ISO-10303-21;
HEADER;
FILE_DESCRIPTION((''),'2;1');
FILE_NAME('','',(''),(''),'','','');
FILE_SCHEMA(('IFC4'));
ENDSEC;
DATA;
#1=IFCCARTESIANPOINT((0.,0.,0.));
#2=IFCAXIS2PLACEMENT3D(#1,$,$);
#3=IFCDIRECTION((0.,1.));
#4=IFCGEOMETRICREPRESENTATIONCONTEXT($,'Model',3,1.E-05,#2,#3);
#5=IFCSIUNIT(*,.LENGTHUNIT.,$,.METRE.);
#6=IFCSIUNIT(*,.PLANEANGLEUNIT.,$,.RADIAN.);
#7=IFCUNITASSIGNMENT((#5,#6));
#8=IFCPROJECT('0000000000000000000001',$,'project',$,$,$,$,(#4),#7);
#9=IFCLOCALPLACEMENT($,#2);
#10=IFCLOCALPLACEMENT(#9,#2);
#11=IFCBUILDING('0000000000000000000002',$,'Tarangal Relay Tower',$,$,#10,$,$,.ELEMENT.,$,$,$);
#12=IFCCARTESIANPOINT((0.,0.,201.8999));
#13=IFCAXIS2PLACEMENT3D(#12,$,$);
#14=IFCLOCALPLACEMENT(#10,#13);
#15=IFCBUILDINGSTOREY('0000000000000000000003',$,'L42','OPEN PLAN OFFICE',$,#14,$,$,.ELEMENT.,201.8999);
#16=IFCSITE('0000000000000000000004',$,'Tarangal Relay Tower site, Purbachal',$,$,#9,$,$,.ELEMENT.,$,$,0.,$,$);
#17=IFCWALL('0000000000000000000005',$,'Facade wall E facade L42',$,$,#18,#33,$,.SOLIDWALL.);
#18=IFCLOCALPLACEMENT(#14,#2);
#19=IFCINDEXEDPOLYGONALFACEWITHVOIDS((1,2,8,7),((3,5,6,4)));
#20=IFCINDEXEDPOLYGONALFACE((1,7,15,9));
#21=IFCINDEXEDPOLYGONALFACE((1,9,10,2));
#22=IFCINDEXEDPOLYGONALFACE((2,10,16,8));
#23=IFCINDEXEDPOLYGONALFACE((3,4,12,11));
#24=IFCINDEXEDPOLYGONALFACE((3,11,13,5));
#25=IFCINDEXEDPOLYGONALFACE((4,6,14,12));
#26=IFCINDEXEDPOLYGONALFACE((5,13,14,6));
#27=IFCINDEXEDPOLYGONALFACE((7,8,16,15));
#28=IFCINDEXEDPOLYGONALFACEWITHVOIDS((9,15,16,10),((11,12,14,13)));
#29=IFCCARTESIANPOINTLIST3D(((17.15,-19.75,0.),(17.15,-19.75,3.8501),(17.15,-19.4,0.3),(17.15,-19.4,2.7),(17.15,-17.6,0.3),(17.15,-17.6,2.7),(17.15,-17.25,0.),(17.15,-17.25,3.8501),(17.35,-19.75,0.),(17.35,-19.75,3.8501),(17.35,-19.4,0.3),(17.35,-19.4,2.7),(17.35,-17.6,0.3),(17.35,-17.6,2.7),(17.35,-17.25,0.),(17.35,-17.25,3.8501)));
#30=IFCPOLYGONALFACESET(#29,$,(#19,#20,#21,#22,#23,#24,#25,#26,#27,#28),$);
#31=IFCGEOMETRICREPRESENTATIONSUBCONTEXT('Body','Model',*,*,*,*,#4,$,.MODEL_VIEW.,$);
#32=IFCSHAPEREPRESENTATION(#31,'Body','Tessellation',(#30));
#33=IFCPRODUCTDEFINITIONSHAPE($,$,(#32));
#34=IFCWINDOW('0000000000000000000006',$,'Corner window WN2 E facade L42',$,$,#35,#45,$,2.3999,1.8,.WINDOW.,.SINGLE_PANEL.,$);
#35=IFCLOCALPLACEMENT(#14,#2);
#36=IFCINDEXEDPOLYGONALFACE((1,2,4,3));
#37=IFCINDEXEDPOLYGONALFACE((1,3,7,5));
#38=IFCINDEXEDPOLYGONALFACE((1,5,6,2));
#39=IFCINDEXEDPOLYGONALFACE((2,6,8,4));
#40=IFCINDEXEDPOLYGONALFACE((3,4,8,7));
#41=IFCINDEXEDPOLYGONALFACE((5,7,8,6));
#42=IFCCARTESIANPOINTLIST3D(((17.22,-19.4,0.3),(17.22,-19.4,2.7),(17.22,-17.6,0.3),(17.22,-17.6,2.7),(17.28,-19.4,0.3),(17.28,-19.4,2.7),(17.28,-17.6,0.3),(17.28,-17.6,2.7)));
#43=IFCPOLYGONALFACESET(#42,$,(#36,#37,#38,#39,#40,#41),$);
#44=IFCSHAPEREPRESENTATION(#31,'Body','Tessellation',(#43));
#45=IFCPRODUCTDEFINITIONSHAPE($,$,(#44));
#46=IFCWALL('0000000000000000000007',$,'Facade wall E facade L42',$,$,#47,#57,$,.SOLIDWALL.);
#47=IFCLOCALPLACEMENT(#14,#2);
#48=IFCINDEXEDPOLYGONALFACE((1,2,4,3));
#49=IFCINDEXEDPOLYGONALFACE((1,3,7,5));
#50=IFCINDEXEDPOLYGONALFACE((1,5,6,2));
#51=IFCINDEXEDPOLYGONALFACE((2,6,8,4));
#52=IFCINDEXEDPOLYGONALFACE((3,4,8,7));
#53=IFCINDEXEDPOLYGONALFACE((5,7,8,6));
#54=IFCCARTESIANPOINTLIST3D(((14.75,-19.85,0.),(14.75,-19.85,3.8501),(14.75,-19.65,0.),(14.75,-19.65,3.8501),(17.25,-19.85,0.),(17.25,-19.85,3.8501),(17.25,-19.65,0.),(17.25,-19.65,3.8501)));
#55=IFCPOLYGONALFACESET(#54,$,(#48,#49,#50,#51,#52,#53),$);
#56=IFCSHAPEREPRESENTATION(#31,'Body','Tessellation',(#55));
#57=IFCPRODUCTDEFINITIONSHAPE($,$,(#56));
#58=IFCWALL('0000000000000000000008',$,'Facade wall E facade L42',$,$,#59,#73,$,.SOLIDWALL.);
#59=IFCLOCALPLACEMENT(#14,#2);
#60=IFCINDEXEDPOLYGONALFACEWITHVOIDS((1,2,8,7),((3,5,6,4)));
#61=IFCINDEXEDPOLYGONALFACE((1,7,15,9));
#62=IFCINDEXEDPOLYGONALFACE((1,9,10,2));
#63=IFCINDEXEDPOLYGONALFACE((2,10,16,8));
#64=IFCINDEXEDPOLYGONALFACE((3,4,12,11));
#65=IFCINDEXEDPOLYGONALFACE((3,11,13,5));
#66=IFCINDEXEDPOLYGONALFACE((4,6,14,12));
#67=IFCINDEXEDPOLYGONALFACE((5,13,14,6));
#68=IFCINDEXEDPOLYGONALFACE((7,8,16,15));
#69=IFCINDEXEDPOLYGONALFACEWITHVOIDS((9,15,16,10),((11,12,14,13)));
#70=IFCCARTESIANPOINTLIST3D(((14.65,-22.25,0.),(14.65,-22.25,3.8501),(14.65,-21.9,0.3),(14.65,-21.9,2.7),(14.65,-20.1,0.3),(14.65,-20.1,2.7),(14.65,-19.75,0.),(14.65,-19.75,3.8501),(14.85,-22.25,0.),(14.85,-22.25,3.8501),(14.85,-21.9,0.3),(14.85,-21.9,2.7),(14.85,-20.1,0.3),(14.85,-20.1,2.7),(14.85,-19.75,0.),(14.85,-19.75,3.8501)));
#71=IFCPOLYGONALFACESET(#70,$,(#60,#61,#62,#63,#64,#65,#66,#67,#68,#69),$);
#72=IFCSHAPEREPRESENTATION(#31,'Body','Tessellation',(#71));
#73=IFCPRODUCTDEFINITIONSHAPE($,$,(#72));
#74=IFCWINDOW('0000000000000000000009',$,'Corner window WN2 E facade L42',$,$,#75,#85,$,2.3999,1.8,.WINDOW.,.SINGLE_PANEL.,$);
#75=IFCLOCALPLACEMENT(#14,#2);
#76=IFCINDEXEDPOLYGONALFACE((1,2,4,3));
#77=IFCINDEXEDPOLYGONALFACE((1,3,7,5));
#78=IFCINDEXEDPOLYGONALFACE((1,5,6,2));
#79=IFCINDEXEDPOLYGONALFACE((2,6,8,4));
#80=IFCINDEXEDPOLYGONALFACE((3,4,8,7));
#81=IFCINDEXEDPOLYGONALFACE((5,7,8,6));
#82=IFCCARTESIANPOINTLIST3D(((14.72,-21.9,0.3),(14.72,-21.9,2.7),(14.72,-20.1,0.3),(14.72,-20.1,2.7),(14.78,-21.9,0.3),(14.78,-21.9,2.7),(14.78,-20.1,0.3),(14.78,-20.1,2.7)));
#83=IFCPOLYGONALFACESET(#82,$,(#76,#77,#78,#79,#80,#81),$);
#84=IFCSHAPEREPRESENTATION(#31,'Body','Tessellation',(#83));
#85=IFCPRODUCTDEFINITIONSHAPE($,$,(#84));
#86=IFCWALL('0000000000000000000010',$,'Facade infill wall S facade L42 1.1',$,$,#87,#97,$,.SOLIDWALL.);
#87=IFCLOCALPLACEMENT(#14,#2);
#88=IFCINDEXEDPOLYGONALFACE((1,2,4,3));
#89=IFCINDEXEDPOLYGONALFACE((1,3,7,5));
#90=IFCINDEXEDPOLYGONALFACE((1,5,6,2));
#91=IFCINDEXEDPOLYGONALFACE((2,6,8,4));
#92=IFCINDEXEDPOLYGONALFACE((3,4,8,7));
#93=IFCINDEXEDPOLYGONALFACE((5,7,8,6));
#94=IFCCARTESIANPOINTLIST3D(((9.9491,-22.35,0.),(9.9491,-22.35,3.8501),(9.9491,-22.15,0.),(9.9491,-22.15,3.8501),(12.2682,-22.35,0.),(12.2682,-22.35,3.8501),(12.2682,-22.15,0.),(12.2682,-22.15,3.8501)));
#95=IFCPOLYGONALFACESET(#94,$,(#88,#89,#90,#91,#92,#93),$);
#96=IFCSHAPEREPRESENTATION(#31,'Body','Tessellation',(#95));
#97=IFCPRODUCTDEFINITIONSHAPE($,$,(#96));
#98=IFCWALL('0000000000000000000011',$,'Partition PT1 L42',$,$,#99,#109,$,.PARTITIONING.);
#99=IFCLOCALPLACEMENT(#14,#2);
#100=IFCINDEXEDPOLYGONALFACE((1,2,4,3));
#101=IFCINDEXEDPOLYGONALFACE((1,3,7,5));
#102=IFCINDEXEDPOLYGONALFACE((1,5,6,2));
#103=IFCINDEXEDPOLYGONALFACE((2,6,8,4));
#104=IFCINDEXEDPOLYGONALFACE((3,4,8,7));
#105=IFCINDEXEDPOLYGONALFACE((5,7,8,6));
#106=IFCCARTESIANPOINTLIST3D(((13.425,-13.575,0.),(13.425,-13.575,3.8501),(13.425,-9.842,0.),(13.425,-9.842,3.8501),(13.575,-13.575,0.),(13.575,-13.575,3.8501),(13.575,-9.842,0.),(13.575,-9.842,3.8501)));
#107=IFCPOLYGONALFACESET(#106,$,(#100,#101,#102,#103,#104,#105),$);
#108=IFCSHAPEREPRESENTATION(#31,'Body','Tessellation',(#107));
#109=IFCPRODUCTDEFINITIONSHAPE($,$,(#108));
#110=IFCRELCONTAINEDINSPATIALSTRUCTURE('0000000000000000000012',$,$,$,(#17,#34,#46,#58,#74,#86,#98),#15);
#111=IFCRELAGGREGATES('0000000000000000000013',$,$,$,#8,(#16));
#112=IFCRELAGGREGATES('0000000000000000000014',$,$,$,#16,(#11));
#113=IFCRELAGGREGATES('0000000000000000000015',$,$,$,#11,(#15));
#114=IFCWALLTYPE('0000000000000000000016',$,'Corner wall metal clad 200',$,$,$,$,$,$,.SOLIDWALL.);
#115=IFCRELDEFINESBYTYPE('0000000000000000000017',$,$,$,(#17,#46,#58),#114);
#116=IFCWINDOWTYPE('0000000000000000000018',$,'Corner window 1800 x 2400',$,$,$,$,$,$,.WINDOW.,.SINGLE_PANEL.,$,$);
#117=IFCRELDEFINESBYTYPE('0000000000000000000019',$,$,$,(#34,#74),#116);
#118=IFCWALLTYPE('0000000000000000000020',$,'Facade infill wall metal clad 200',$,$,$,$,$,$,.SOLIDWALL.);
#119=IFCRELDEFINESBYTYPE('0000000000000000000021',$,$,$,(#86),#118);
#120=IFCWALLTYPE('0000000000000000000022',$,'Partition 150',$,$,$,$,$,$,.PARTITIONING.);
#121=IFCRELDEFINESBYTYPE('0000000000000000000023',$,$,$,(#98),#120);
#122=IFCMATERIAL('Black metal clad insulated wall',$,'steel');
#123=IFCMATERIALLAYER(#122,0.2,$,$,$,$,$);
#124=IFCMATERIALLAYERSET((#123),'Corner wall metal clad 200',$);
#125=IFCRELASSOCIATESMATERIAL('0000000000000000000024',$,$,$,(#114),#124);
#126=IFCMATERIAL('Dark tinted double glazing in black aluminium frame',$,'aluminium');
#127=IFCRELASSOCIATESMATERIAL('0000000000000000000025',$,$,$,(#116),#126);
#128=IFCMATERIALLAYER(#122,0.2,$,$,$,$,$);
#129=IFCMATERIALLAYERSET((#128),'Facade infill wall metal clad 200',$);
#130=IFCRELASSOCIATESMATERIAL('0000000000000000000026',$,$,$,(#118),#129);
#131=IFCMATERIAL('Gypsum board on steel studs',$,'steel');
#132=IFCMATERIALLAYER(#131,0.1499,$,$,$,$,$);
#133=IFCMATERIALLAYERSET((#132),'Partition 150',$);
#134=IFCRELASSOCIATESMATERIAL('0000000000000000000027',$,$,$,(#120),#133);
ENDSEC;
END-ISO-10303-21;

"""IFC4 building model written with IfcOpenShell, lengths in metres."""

from ifc_helpers import new_model, si_unit, direction, frame, frame_2d, origin, place, context, subcontext, project, spatial, rectangle, extrude, material, layer, layer_set, type_object, element, fill, save


model = new_model("IFC4")

# Units and contexts
model_context = context("Model", 3, precision=1e-05, world=origin(), true_north=direction((0.0, 1.0)))
body_context = subcontext(model_context, "Body", "Model", "MODEL_VIEW")
ifc_project = project(units=[si_unit("LENGTHUNIT", "METRE"), si_unit("PLANEANGLEUNIT", "RADIAN")], contexts=[model_context])

# Site, building, storey
site_placement = place(None, origin())
site = spatial("IfcSite", under=ifc_project, at=site_placement, Name="Tarangal Relay Tower site, Purbachal", CompositionType="ELEMENT", RefElevation=0.0)
building_placement = place(site_placement, origin())
building = spatial("IfcBuilding", under=site, at=building_placement, Name="Tarangal Relay Tower", CompositionType="ELEMENT")
storey_placement = place(building_placement, frame((0.0, 0.0, 201.8999)))
storey = spatial("IfcBuildingStorey", under=building, at=storey_placement, Name="L42", Description="OPEN PLAN OFFICE", CompositionType="ELEMENT", Elevation=201.8999)

# Shared definitions
ifc_material_1 = material(Name="Black metal clad insulated wall", Category="steel")
ifc_layer_1 = layer(ifc_material_1, 0.2)
ifc_layer_set_1 = layer_set([ifc_layer_1], Name="Corner wall metal clad 200")
wall_type_1 = type_object("IfcWallType", Name="Corner wall metal clad 200", PredefinedType="SOLIDWALL", material=ifc_layer_set_1)

# Shared definitions
ifc_material_2 = material(Name="Dark tinted double glazing in black aluminium frame", Category="aluminium")
window_type = type_object("IfcWindowType", Name="Corner window 1800 x 2400", PartitioningType="SINGLE_PANEL", PredefinedType="WINDOW", material=ifc_material_2)

# Wall, opening, window
wall_1_placement = place(storey_placement, frame((17.25, -17.25, 0.0), z_axis=(0.0, 0.0, 1.0), x_axis=(0.0, -1.0, 0.0)))
wall_1 = element("IfcWall", 1, at=wall_1_placement, inside=storey, type_object=wall_type_1, Name="Facade wall E facade L42", PredefinedType="SOLIDWALL", context=body_context, shape_type="SweptSolid", body=[
    extrude(rectangle(XDim=2.5, YDim=0.2, at=frame_2d((1.25, 0.0))), origin(), (0.0, 0.0, 1.0), 3.8501),
])
opening_1_placement = place(wall_1_placement, frame((0.3501, 0.0, 0.3)))
opening_1 = element("IfcOpeningElement", 2, at=opening_1_placement, cuts=wall_1, PredefinedType="OPENING", context=body_context, shape_type="SweptSolid", body=[
    extrude(rectangle(XDim=1.8, YDim=2.3999, at=frame_2d((0.8999, 1.2))), frame((0.0, 0.1099, 0.0), z_axis=(0.0, -1.0, 0.0), x_axis=(1.0, 0.0, 0.0)), (0.0, 0.0, 1.0), 0.22),
])
window_1_placement = place(opening_1_placement, origin())
window_1 = element("IfcWindow", 3, at=window_1_placement, inside=storey, type_object=window_type, Name="Corner window WN2 E facade L42", OverallHeight=2.3999, OverallWidth=1.8, PartitioningType="SINGLE_PANEL", PredefinedType="WINDOW", context=body_context, shape_type="SweptSolid", body=[
    extrude(rectangle(XDim=1.8, YDim=2.3999, at=frame_2d((0.8999, 1.2))), frame((0.0, 0.03, 0.0), z_axis=(0.0, -1.0, 0.0), x_axis=(1.0, 0.0, 0.0)), (0.0, 0.0, 1.0), 0.0601),
])
fill(opening_1, window_1)

# Wall
wall_2_placement = place(storey_placement, frame((17.25, -19.75, 0.0), z_axis=(0.0, 0.0, 1.0), x_axis=(-1.0, 0.0, 0.0)))
element("IfcWall", 4, at=wall_2_placement, inside=storey, type_object=wall_type_1, Name="Facade wall E facade L42", PredefinedType="SOLIDWALL", context=body_context, shape_type="SweptSolid", body=[
    extrude(rectangle(XDim=2.5, YDim=0.2, at=frame_2d((1.25, 0.0))), origin(), (0.0, 0.0, 1.0), 3.8501),
])

# Wall, opening, window
wall_3_placement = place(storey_placement, frame((14.75, -19.75, 0.0), z_axis=(0.0, 0.0, 1.0), x_axis=(0.0, -1.0, 0.0)))
wall_3 = element("IfcWall", 5, at=wall_3_placement, inside=storey, type_object=wall_type_1, Name="Facade wall E facade L42", PredefinedType="SOLIDWALL", context=body_context, shape_type="SweptSolid", body=[
    extrude(rectangle(XDim=2.5, YDim=0.2, at=frame_2d((1.25, 0.0))), origin(), (0.0, 0.0, 1.0), 3.8501),
])
opening_2_placement = place(wall_3_placement, frame((0.3501, 0.0, 0.3)))
opening_2 = element("IfcOpeningElement", 6, at=opening_2_placement, cuts=wall_3, PredefinedType="OPENING", context=body_context, shape_type="SweptSolid", body=[
    extrude(rectangle(XDim=1.8, YDim=2.3999, at=frame_2d((0.8999, 1.2))), frame((0.0, 0.1099, 0.0), z_axis=(0.0, -1.0, 0.0), x_axis=(1.0, 0.0, 0.0)), (0.0, 0.0, 1.0), 0.22),
])
window_2_placement = place(opening_2_placement, origin())
window_2 = element("IfcWindow", 7, at=window_2_placement, inside=storey, type_object=window_type, Name="Corner window WN2 E facade L42", OverallHeight=2.3999, OverallWidth=1.8, PartitioningType="SINGLE_PANEL", PredefinedType="WINDOW", context=body_context, shape_type="SweptSolid", body=[
    extrude(rectangle(XDim=1.8, YDim=2.3999, at=frame_2d((0.8999, 1.2))), frame((0.0, 0.03, 0.0), z_axis=(0.0, -1.0, 0.0), x_axis=(1.0, 0.0, 0.0)), (0.0, 0.0, 1.0), 0.0601),
])
fill(opening_2, window_2)

# Walls
ifc_layer_2 = layer(ifc_material_1, 0.2)
ifc_layer_set_2 = layer_set([ifc_layer_2], Name="Facade infill wall metal clad 200")
wall_type_2 = type_object("IfcWallType", Name="Facade infill wall metal clad 200", PredefinedType="SOLIDWALL", material=ifc_layer_set_2)
wall_4_placement = place(storey_placement, frame((12.2683, -22.25, 0.0), z_axis=(0.0, 0.0, 1.0), x_axis=(-1.0, 0.0, 0.0)))
element("IfcWall", 8, at=wall_4_placement, inside=storey, type_object=wall_type_2, Name="Facade infill wall S facade L42 1.1", PredefinedType="SOLIDWALL", context=body_context, shape_type="SweptSolid", body=[
    extrude(rectangle(XDim=2.3191, YDim=0.2, at=frame_2d((1.1597, 0.0))), origin(), (0.0, 0.0, 1.0), 3.8501),
])
ifc_material_3 = material(Name="Gypsum board on steel studs", Category="steel")
ifc_layer_3 = layer(ifc_material_3, 0.1499)
ifc_layer_set_3 = layer_set([ifc_layer_3], Name="Partition 150")
wall_type_3 = type_object("IfcWallType", Name="Partition 150", PredefinedType="PARTITIONING", material=ifc_layer_set_3)
wall_5_placement = place(storey_placement, frame((13.5, -13.575, 0.0), z_axis=(0.0, 0.0, 1.0), x_axis=(0.0, 1.0, 0.0)))
element("IfcWall", 9, at=wall_5_placement, inside=storey, type_object=wall_type_3, Name="Partition PT1 L42", PredefinedType="PARTITIONING", context=body_context, shape_type="SweptSolid", body=[
    extrude(rectangle(XDim=3.7329, YDim=0.1499, at=frame_2d((1.8665, 0.0))), origin(), (0.0, 0.0, 1.0), 3.8501),
])

save(model, "model.ifc")
